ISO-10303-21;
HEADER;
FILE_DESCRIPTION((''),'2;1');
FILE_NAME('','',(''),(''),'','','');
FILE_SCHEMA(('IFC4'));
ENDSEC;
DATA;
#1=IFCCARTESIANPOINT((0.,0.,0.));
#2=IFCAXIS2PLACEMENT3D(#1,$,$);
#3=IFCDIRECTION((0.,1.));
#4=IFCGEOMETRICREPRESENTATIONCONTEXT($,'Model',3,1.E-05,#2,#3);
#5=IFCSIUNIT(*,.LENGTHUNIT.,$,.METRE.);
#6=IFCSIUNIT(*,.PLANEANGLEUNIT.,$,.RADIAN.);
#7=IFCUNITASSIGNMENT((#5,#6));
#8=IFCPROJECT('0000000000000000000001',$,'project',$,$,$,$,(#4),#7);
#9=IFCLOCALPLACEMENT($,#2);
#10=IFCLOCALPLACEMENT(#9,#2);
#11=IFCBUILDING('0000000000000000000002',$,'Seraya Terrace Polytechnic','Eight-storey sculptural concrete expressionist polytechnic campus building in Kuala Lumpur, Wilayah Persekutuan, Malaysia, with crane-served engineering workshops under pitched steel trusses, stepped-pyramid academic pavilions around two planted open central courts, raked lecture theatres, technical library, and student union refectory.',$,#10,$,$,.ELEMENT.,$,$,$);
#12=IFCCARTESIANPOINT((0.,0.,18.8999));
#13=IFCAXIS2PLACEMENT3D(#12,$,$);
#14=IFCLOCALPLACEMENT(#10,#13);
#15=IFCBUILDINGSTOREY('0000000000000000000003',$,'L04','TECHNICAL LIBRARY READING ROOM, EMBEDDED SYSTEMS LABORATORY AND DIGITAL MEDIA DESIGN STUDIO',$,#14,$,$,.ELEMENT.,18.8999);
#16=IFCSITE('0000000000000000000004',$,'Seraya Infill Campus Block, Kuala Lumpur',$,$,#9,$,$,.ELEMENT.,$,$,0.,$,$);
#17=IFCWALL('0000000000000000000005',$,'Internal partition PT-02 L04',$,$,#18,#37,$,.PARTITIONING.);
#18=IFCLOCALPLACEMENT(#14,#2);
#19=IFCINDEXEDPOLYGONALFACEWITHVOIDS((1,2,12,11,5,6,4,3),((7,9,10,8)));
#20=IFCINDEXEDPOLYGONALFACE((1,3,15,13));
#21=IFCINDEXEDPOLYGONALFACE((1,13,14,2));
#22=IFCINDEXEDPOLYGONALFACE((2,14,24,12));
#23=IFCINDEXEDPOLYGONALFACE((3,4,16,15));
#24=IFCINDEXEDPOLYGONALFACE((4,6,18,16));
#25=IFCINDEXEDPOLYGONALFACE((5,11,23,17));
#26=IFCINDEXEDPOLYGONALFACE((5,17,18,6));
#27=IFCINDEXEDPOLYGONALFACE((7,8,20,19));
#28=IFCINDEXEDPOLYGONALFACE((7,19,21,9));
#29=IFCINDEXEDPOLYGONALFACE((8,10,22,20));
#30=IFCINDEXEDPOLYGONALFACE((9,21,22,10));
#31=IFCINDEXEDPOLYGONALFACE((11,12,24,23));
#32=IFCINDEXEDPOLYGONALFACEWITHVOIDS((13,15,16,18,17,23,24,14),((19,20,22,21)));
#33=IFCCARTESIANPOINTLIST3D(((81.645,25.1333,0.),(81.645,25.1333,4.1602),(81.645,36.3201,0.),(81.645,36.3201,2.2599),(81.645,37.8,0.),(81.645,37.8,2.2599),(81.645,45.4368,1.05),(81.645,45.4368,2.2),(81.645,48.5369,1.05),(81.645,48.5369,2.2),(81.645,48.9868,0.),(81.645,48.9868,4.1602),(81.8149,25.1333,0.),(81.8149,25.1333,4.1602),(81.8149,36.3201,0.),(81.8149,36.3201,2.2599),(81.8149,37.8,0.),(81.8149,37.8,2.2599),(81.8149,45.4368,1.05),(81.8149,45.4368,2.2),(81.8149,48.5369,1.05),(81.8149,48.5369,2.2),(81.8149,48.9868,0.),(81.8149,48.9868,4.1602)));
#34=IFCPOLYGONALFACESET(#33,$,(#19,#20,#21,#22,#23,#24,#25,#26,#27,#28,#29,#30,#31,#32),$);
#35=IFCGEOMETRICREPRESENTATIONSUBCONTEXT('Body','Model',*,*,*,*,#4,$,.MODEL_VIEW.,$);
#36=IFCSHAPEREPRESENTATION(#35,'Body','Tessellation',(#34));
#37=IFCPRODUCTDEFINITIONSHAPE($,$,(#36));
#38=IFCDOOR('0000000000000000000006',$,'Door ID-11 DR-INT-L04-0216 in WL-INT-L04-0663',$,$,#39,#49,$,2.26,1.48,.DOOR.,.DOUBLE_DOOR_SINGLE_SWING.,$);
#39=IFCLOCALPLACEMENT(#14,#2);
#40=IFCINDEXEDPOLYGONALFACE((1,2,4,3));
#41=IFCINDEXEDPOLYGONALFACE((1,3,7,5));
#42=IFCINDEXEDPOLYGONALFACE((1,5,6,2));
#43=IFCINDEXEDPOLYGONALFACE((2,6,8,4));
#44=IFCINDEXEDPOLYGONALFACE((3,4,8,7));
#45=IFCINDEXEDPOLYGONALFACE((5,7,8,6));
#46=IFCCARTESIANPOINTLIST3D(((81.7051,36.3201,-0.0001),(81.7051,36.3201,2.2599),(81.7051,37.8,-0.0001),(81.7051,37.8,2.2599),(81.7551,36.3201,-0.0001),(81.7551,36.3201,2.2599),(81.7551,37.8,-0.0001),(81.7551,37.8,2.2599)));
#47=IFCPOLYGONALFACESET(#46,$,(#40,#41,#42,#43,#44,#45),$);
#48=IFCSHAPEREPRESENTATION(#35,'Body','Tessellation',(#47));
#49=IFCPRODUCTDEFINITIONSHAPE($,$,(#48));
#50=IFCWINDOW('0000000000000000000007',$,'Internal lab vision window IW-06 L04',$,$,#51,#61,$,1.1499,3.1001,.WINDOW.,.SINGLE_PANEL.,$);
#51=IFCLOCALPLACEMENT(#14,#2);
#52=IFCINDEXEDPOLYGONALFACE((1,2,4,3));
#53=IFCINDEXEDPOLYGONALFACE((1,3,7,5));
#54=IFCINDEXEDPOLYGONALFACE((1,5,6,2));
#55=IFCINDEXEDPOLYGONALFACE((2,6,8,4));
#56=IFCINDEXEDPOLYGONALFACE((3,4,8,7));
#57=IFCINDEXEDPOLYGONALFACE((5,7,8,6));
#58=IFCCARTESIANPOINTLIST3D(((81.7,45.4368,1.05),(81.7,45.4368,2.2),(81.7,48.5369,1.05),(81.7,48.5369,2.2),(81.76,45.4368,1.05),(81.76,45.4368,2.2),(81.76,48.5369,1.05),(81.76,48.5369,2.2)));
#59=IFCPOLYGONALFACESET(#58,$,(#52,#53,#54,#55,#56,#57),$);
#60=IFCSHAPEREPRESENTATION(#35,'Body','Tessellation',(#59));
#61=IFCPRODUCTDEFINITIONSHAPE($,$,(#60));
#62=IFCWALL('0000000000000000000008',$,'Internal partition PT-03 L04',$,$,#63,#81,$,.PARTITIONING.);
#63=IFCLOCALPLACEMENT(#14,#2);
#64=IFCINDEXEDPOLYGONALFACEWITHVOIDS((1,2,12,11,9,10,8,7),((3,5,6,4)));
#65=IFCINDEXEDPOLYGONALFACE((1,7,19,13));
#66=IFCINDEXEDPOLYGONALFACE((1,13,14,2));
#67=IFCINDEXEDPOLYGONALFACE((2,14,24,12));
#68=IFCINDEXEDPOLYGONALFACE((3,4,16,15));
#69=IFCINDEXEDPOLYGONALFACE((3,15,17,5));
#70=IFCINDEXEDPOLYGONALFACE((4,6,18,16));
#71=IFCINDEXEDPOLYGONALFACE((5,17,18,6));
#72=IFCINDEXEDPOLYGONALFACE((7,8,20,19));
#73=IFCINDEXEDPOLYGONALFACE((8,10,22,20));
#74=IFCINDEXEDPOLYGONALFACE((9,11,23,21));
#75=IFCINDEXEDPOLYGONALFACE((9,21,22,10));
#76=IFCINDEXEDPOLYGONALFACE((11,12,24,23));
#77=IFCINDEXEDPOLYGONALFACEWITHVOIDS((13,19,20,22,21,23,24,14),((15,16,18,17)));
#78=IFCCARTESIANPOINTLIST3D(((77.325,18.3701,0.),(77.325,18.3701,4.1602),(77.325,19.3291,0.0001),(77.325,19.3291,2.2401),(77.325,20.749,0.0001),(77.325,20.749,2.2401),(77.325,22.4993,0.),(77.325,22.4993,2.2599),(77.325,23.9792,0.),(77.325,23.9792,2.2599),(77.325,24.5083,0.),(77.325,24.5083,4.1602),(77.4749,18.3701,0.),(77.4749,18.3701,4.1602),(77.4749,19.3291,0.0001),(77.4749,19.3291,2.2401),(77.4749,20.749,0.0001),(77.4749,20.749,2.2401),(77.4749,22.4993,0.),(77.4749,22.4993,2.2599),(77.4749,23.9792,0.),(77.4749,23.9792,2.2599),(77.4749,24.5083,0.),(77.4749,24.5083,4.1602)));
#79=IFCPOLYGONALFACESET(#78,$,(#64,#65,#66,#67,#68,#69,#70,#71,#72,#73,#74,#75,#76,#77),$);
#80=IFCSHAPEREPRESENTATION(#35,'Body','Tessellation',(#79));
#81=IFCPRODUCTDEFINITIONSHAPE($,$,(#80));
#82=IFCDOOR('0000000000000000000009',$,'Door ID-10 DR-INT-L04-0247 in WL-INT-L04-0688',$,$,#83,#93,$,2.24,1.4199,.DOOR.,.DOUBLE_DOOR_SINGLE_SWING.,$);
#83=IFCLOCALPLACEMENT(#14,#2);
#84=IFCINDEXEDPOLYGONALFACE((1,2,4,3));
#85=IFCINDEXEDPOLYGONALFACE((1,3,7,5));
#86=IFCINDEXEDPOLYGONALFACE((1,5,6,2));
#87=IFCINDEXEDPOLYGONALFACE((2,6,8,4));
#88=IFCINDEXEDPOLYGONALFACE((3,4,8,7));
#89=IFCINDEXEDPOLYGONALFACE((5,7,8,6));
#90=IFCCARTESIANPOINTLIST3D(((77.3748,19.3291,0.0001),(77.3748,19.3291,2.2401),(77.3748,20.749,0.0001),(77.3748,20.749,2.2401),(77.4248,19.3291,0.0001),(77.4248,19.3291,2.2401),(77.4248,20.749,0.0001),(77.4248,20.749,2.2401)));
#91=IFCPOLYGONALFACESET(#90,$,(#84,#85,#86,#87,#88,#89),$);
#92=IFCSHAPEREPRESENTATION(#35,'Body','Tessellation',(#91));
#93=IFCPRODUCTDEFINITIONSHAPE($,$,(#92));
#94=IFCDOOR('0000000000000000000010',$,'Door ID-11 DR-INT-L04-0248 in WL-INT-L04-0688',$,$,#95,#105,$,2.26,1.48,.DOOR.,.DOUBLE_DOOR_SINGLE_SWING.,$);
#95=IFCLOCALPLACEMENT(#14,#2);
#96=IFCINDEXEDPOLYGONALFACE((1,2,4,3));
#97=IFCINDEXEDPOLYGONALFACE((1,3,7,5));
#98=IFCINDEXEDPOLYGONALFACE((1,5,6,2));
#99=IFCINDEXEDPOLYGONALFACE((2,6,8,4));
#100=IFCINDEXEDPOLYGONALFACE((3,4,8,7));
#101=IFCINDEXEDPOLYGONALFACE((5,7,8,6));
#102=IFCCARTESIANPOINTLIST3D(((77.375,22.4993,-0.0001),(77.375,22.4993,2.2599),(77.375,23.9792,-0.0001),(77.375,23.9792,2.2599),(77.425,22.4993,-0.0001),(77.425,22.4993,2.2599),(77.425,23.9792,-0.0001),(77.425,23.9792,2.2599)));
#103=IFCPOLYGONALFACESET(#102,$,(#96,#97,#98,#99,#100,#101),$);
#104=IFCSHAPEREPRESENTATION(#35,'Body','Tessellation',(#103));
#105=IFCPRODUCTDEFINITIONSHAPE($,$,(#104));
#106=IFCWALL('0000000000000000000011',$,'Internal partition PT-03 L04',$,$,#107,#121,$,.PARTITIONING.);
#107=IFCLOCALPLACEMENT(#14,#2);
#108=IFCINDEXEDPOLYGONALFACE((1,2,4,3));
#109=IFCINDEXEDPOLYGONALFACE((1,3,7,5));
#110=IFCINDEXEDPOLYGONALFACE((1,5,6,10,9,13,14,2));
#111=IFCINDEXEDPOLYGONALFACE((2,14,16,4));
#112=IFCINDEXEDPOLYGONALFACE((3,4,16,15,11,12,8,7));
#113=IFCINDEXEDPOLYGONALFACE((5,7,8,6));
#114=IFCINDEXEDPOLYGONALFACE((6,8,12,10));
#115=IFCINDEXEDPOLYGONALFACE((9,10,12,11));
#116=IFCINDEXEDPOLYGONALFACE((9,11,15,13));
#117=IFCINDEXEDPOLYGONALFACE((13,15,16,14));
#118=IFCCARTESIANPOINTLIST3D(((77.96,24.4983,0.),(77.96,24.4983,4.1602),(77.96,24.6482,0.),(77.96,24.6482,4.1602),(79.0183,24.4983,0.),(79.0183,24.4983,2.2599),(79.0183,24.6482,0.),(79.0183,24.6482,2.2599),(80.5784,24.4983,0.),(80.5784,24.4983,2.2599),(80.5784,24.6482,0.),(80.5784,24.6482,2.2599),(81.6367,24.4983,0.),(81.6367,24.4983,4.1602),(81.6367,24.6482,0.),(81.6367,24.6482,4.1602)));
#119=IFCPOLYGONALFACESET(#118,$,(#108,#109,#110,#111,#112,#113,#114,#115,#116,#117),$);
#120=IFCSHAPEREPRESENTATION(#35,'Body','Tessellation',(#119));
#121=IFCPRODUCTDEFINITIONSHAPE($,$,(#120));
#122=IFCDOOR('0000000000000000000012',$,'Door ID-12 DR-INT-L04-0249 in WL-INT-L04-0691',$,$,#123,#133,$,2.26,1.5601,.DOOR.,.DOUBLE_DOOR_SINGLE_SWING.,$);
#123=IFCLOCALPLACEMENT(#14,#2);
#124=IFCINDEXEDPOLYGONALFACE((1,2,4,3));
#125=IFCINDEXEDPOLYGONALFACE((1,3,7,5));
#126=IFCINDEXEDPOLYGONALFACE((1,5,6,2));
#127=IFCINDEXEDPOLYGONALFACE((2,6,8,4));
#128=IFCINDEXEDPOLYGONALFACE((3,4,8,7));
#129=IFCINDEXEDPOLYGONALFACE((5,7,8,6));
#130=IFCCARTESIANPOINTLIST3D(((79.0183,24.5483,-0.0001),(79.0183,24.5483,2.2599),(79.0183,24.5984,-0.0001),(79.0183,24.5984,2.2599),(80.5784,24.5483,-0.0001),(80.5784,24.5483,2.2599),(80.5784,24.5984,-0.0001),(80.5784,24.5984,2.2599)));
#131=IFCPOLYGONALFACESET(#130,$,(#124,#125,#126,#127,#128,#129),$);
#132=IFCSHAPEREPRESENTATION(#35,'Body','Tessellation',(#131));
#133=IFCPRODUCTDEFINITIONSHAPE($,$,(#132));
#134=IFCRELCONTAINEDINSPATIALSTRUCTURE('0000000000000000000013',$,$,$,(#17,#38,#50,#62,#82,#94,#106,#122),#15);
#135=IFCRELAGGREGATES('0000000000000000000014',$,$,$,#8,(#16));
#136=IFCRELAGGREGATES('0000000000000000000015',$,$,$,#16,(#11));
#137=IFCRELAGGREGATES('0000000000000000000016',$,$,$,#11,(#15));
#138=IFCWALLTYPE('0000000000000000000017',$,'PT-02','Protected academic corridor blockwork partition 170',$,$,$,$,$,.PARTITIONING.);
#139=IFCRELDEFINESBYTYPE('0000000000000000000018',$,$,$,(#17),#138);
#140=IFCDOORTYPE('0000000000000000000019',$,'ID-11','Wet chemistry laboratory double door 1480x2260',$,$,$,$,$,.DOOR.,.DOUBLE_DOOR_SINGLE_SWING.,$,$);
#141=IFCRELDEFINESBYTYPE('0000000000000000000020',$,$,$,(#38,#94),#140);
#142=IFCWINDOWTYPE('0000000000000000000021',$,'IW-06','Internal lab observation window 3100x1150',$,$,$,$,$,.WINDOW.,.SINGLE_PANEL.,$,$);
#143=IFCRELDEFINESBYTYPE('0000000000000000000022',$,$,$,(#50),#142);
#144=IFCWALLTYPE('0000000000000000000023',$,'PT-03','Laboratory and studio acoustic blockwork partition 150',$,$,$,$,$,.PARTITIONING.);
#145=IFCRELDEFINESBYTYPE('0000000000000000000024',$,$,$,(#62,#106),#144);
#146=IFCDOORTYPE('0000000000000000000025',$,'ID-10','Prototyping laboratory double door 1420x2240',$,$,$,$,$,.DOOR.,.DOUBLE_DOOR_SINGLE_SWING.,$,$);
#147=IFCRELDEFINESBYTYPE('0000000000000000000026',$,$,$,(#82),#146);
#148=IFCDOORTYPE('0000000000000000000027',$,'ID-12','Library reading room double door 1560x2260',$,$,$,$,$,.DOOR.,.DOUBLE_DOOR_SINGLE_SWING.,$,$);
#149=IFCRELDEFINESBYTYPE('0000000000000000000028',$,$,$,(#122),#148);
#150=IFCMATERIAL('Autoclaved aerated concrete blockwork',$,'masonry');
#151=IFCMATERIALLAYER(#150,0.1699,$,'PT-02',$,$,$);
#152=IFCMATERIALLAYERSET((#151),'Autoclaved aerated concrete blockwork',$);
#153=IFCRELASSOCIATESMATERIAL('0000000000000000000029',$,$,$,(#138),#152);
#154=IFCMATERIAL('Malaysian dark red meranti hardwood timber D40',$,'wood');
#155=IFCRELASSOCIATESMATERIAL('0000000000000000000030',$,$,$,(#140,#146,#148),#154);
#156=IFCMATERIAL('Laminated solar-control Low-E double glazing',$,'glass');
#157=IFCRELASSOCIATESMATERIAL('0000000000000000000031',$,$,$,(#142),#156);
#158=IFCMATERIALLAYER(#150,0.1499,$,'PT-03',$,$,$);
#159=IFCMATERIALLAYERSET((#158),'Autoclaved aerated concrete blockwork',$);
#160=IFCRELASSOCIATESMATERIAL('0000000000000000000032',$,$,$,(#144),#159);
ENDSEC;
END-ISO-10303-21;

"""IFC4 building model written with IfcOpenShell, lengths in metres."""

from ifc_helpers import new_model, si_unit, direction, frame, frame_2d, origin, place, context, subcontext, project, spatial, rectangle, extrude, material, layer, layer_set, type_object, element, fill, save


model = new_model("IFC4")

# Units and contexts
model_context = context("Model", 3, precision=1e-05, world=origin(), true_north=direction((0.0, 1.0)))
body_context = subcontext(model_context, "Body", "Model", "MODEL_VIEW")
ifc_project = project(units=[si_unit("LENGTHUNIT", "METRE"), si_unit("PLANEANGLEUNIT", "RADIAN")], contexts=[model_context])

# Site, building, storey
site_placement = place(None, origin())
site = spatial("IfcSite", under=ifc_project, at=site_placement, Name="Seraya Infill Campus Block, Kuala Lumpur", CompositionType="ELEMENT", RefElevation=0.0)
building_placement = place(site_placement, origin())
building = spatial("IfcBuilding", under=site, at=building_placement, Name="Seraya Terrace Polytechnic", Description="Eight-storey sculptural concrete expressionist polytechnic campus building in Kuala Lumpur, Wilayah Persekutuan, Malaysia, with crane-served engineering workshops under pitched steel trusses, stepped-pyramid academic pavilions around two planted open central courts, raked lecture theatres, technical library, and student union refectory.", CompositionType="ELEMENT")
storey_placement = place(building_placement, frame((0.0, 0.0, 18.8999)))
storey = spatial("IfcBuildingStorey", under=building, at=storey_placement, Name="L04", Description="TECHNICAL LIBRARY READING ROOM, EMBEDDED SYSTEMS LABORATORY AND DIGITAL MEDIA DESIGN STUDIO", CompositionType="ELEMENT", Elevation=18.8999)

# Shared definitions
ifc_material_1 = material(Name="Laminated solar-control Low-E double glazing", Category="glass")

# Shared definitions
ifc_material_2 = material(Name="Autoclaved aerated concrete blockwork", Category="masonry")
ifc_layer_1 = layer(ifc_material_2, 0.1699, Name="PT-02")
ifc_layer_set_1 = layer_set([ifc_layer_1], Name="Autoclaved aerated concrete blockwork")
wall_type_1 = type_object("IfcWallType", Name="PT-02", Description="Protected academic corridor blockwork partition 170", PredefinedType="PARTITIONING", material=ifc_layer_set_1)

# Wall, openings, door, window
wall_1_placement = place(storey_placement, frame((81.73, 25.1333, 0.0), z_axis=(0.0, 0.0, 1.0), x_axis=(0.0, 1.0, 0.0)))
wall_1 = element("IfcWall", 1, at=wall_1_placement, inside=storey, type_object=wall_type_1, Name="Internal partition PT-02 L04", PredefinedType="PARTITIONING", context=body_context, shape_type="SweptSolid", body=[
    extrude(rectangle(XDim=23.8535, YDim=0.1699, at=frame_2d((11.9268, 0.0))), origin(), (0.0, 0.0, 1.0), 4.1602),
])
opening_1_placement = place(wall_1_placement, frame((11.1868, 0.0, 0.0)))
opening_1 = element("IfcOpeningElement", 2, at=opening_1_placement, cuts=wall_1, PredefinedType="OPENING", context=body_context, shape_type="SweptSolid", body=[
    extrude(rectangle(XDim=1.48, YDim=2.26, at=frame_2d((0.74, 1.1299))), frame((0.0, 0.0969, 0.0), z_axis=(0.0, -1.0, 0.0), x_axis=(1.0, 0.0, 0.0)), (0.0, 0.0, 1.0), 0.1938),
])
opening_2_placement = place(wall_1_placement, frame((20.3035, 0.0, 1.05)))
opening_2 = element("IfcOpeningElement", 3, at=opening_2_placement, cuts=wall_1, PredefinedType="OPENING", context=body_context, shape_type="SweptSolid", body=[
    extrude(rectangle(XDim=3.1001, YDim=1.1499, at=frame_2d((1.55, 0.575))), frame((0.0, 0.0969, 0.0), z_axis=(0.0, -1.0, 0.0), x_axis=(1.0, 0.0, 0.0)), (0.0, 0.0, 1.0), 0.1938),
])
ifc_material_3 = material(Name="Malaysian dark red meranti hardwood timber D40", Category="wood")
door_type_1 = type_object("IfcDoorType", Name="ID-11", Description="Wet chemistry laboratory double door 1480x2260", OperationType="DOUBLE_DOOR_SINGLE_SWING", PredefinedType="DOOR", material=ifc_material_3)
door_1_placement = place(opening_1_placement, origin())
door_1 = element("IfcDoor", 4, at=door_1_placement, inside=storey, type_object=door_type_1, Name="Door ID-11 DR-INT-L04-0216 in WL-INT-L04-0663", OperationType="DOUBLE_DOOR_SINGLE_SWING", OverallHeight=2.26, OverallWidth=1.48, PredefinedType="DOOR", context=body_context, shape_type="SweptSolid", body=[
    extrude(rectangle(XDim=1.48, YDim=2.26, at=frame_2d((0.74, 1.1299))), frame((0.0, 0.0249, 0.0), z_axis=(0.0, -1.0, 0.0), x_axis=(1.0, 0.0, 0.0)), (0.0, 0.0, 1.0), 0.05),
])
fill(opening_1, door_1)
window_type_1 = type_object("IfcWindowType", Name="IW-06", Description="Internal lab observation window 3100x1150", PartitioningType="SINGLE_PANEL", PredefinedType="WINDOW", material=ifc_material_1)
window_1_placement = place(opening_2_placement, origin())
window_1 = element("IfcWindow", 5, at=window_1_placement, inside=storey, type_object=window_type_1, Name="Internal lab vision window IW-06 L04", OverallHeight=1.1499, OverallWidth=3.1001, PartitioningType="SINGLE_PANEL", PredefinedType="WINDOW", context=body_context, shape_type="SweptSolid", body=[
    extrude(rectangle(XDim=3.1001, YDim=1.1499, at=frame_2d((1.55, 0.575))), frame((0.0, 0.03, 0.0), z_axis=(0.0, -1.0, 0.0), x_axis=(1.0, 0.0, 0.0)), (0.0, 0.0, 1.0), 0.0601),
])
fill(opening_2, window_1)

# Wall, openings, doors
ifc_layer_2 = layer(ifc_material_2, 0.1499, Name="PT-03")
ifc_layer_set_2 = layer_set([ifc_layer_2], Name="Autoclaved aerated concrete blockwork")
wall_type_2 = type_object("IfcWallType", Name="PT-03", Description="Laboratory and studio acoustic blockwork partition 150", PredefinedType="PARTITIONING", material=ifc_layer_set_2)
wall_2_placement = place(storey_placement, frame((77.3999, 18.3701, 0.0), z_axis=(0.0, 0.0, 1.0), x_axis=(0.0, 1.0, 0.0)))
wall_2 = element("IfcWall", 6, at=wall_2_placement, inside=storey, type_object=wall_type_2, Name="Internal partition PT-03 L04", PredefinedType="PARTITIONING", context=body_context, shape_type="SweptSolid", body=[
    extrude(rectangle(XDim=6.1382, YDim=0.1499, at=frame_2d((3.0691, 0.0))), origin(), (0.0, 0.0, 1.0), 4.1602),
])
opening_3_placement = place(wall_2_placement, frame((0.959, 0.0, 0.0)))
opening_3 = element("IfcOpeningElement", 7, at=opening_3_placement, cuts=wall_2, PredefinedType="OPENING", context=body_context, shape_type="SweptSolid", body=[
    extrude(rectangle(XDim=1.4199, YDim=2.24, at=frame_2d((0.71, 1.1201))), frame((0.0, 0.0869, 0.0), z_axis=(0.0, -1.0, 0.0), x_axis=(1.0, 0.0, 0.0)), (0.0, 0.0, 1.0), 0.1738),
])
opening_4_placement = place(wall_2_placement, frame((4.1292, 0.0, 0.0)))
opening_4 = element("IfcOpeningElement", 8, at=opening_4_placement, cuts=wall_2, PredefinedType="OPENING", context=body_context, shape_type="SweptSolid", body=[
    extrude(rectangle(XDim=1.48, YDim=2.26, at=frame_2d((0.74, 1.1299))), frame((0.0, 0.0869, 0.0), z_axis=(0.0, -1.0, 0.0), x_axis=(1.0, 0.0, 0.0)), (0.0, 0.0, 1.0), 0.1738),
])
door_type_2 = type_object("IfcDoorType", Name="ID-10", Description="Prototyping laboratory double door 1420x2240", OperationType="DOUBLE_DOOR_SINGLE_SWING", PredefinedType="DOOR", material=ifc_material_3)
door_2_placement = place(opening_3_placement, frame((1.4199, 0.0, 0.0), z_axis=(0.0, 0.0, 1.0), x_axis=(-1.0, 0.0, 0.0)))
door_2 = element("IfcDoor", 9, at=door_2_placement, inside=storey, type_object=door_type_2, Name="Door ID-10 DR-INT-L04-0247 in WL-INT-L04-0688", OperationType="DOUBLE_DOOR_SINGLE_SWING", OverallHeight=2.24, OverallWidth=1.4199, PredefinedType="DOOR", context=body_context, shape_type="SweptSolid", body=[
    extrude(rectangle(XDim=1.4199, YDim=2.24, at=frame_2d((0.71, 1.1201))), frame((0.0, 0.0249, 0.0), z_axis=(0.0, -1.0, 0.0), x_axis=(1.0, 0.0, 0.0)), (0.0, 0.0, 1.0), 0.05),
])
fill(opening_3, door_2)
door_3_placement = place(opening_4_placement, origin())
door_3 = element("IfcDoor", 10, at=door_3_placement, inside=storey, type_object=door_type_1, Name="Door ID-11 DR-INT-L04-0248 in WL-INT-L04-0688", OperationType="DOUBLE_DOOR_SINGLE_SWING", OverallHeight=2.26, OverallWidth=1.48, PredefinedType="DOOR", context=body_context, shape_type="SweptSolid", body=[
    extrude(rectangle(XDim=1.48, YDim=2.26, at=frame_2d((0.74, 1.1299))), frame((0.0, 0.0249, 0.0), z_axis=(0.0, -1.0, 0.0), x_axis=(1.0, 0.0, 0.0)), (0.0, 0.0, 1.0), 0.05),
])
fill(opening_4, door_3)

# Wall, opening, door
wall_3_placement = place(storey_placement, frame((77.96, 24.5732, 0.0), z_axis=(0.0, 0.0, 1.0), x_axis=(1.0, 0.0, 0.0)))
wall_3 = element("IfcWall", 11, at=wall_3_placement, inside=storey, type_object=wall_type_2, Name="Internal partition PT-03 L04", PredefinedType="PARTITIONING", context=body_context, shape_type="SweptSolid", body=[
    extrude(rectangle(XDim=3.6768, YDim=0.1499, at=frame_2d((1.8384, 0.0))), origin(), (0.0, 0.0, 1.0), 4.1602),
])
opening_5_placement = place(wall_3_placement, frame((1.0583, 0.0, 0.0)))
opening_5 = element("IfcOpeningElement", 12, at=opening_5_placement, cuts=wall_3, PredefinedType="OPENING", context=body_context, shape_type="SweptSolid", body=[
    extrude(rectangle(XDim=1.5601, YDim=2.26, at=frame_2d((0.78, 1.1299))), frame((0.0, 0.0869, 0.0), z_axis=(0.0, -1.0, 0.0), x_axis=(1.0, 0.0, 0.0)), (0.0, 0.0, 1.0), 0.1738),
])
door_type_3 = type_object("IfcDoorType", Name="ID-12", Description="Library reading room double door 1560x2260", OperationType="DOUBLE_DOOR_SINGLE_SWING", PredefinedType="DOOR", material=ifc_material_3)
door_4_placement = place(opening_5_placement, frame((1.5601, 0.0, 0.0), z_axis=(0.0, 0.0, 1.0), x_axis=(-1.0, 0.0, 0.0)))
door_4 = element("IfcDoor", 13, at=door_4_placement, inside=storey, type_object=door_type_3, Name="Door ID-12 DR-INT-L04-0249 in WL-INT-L04-0691", OperationType="DOUBLE_DOOR_SINGLE_SWING", OverallHeight=2.26, OverallWidth=1.5601, PredefinedType="DOOR", context=body_context, shape_type="SweptSolid", body=[
    extrude(rectangle(XDim=1.5601, YDim=2.26, at=frame_2d((0.78, 1.1299))), frame((0.0, 0.0249, 0.0), z_axis=(0.0, -1.0, 0.0), x_axis=(1.0, 0.0, 0.0)), (0.0, 0.0, 1.0), 0.05),
])
fill(opening_5, door_4)

save(model, "model.ifc")
